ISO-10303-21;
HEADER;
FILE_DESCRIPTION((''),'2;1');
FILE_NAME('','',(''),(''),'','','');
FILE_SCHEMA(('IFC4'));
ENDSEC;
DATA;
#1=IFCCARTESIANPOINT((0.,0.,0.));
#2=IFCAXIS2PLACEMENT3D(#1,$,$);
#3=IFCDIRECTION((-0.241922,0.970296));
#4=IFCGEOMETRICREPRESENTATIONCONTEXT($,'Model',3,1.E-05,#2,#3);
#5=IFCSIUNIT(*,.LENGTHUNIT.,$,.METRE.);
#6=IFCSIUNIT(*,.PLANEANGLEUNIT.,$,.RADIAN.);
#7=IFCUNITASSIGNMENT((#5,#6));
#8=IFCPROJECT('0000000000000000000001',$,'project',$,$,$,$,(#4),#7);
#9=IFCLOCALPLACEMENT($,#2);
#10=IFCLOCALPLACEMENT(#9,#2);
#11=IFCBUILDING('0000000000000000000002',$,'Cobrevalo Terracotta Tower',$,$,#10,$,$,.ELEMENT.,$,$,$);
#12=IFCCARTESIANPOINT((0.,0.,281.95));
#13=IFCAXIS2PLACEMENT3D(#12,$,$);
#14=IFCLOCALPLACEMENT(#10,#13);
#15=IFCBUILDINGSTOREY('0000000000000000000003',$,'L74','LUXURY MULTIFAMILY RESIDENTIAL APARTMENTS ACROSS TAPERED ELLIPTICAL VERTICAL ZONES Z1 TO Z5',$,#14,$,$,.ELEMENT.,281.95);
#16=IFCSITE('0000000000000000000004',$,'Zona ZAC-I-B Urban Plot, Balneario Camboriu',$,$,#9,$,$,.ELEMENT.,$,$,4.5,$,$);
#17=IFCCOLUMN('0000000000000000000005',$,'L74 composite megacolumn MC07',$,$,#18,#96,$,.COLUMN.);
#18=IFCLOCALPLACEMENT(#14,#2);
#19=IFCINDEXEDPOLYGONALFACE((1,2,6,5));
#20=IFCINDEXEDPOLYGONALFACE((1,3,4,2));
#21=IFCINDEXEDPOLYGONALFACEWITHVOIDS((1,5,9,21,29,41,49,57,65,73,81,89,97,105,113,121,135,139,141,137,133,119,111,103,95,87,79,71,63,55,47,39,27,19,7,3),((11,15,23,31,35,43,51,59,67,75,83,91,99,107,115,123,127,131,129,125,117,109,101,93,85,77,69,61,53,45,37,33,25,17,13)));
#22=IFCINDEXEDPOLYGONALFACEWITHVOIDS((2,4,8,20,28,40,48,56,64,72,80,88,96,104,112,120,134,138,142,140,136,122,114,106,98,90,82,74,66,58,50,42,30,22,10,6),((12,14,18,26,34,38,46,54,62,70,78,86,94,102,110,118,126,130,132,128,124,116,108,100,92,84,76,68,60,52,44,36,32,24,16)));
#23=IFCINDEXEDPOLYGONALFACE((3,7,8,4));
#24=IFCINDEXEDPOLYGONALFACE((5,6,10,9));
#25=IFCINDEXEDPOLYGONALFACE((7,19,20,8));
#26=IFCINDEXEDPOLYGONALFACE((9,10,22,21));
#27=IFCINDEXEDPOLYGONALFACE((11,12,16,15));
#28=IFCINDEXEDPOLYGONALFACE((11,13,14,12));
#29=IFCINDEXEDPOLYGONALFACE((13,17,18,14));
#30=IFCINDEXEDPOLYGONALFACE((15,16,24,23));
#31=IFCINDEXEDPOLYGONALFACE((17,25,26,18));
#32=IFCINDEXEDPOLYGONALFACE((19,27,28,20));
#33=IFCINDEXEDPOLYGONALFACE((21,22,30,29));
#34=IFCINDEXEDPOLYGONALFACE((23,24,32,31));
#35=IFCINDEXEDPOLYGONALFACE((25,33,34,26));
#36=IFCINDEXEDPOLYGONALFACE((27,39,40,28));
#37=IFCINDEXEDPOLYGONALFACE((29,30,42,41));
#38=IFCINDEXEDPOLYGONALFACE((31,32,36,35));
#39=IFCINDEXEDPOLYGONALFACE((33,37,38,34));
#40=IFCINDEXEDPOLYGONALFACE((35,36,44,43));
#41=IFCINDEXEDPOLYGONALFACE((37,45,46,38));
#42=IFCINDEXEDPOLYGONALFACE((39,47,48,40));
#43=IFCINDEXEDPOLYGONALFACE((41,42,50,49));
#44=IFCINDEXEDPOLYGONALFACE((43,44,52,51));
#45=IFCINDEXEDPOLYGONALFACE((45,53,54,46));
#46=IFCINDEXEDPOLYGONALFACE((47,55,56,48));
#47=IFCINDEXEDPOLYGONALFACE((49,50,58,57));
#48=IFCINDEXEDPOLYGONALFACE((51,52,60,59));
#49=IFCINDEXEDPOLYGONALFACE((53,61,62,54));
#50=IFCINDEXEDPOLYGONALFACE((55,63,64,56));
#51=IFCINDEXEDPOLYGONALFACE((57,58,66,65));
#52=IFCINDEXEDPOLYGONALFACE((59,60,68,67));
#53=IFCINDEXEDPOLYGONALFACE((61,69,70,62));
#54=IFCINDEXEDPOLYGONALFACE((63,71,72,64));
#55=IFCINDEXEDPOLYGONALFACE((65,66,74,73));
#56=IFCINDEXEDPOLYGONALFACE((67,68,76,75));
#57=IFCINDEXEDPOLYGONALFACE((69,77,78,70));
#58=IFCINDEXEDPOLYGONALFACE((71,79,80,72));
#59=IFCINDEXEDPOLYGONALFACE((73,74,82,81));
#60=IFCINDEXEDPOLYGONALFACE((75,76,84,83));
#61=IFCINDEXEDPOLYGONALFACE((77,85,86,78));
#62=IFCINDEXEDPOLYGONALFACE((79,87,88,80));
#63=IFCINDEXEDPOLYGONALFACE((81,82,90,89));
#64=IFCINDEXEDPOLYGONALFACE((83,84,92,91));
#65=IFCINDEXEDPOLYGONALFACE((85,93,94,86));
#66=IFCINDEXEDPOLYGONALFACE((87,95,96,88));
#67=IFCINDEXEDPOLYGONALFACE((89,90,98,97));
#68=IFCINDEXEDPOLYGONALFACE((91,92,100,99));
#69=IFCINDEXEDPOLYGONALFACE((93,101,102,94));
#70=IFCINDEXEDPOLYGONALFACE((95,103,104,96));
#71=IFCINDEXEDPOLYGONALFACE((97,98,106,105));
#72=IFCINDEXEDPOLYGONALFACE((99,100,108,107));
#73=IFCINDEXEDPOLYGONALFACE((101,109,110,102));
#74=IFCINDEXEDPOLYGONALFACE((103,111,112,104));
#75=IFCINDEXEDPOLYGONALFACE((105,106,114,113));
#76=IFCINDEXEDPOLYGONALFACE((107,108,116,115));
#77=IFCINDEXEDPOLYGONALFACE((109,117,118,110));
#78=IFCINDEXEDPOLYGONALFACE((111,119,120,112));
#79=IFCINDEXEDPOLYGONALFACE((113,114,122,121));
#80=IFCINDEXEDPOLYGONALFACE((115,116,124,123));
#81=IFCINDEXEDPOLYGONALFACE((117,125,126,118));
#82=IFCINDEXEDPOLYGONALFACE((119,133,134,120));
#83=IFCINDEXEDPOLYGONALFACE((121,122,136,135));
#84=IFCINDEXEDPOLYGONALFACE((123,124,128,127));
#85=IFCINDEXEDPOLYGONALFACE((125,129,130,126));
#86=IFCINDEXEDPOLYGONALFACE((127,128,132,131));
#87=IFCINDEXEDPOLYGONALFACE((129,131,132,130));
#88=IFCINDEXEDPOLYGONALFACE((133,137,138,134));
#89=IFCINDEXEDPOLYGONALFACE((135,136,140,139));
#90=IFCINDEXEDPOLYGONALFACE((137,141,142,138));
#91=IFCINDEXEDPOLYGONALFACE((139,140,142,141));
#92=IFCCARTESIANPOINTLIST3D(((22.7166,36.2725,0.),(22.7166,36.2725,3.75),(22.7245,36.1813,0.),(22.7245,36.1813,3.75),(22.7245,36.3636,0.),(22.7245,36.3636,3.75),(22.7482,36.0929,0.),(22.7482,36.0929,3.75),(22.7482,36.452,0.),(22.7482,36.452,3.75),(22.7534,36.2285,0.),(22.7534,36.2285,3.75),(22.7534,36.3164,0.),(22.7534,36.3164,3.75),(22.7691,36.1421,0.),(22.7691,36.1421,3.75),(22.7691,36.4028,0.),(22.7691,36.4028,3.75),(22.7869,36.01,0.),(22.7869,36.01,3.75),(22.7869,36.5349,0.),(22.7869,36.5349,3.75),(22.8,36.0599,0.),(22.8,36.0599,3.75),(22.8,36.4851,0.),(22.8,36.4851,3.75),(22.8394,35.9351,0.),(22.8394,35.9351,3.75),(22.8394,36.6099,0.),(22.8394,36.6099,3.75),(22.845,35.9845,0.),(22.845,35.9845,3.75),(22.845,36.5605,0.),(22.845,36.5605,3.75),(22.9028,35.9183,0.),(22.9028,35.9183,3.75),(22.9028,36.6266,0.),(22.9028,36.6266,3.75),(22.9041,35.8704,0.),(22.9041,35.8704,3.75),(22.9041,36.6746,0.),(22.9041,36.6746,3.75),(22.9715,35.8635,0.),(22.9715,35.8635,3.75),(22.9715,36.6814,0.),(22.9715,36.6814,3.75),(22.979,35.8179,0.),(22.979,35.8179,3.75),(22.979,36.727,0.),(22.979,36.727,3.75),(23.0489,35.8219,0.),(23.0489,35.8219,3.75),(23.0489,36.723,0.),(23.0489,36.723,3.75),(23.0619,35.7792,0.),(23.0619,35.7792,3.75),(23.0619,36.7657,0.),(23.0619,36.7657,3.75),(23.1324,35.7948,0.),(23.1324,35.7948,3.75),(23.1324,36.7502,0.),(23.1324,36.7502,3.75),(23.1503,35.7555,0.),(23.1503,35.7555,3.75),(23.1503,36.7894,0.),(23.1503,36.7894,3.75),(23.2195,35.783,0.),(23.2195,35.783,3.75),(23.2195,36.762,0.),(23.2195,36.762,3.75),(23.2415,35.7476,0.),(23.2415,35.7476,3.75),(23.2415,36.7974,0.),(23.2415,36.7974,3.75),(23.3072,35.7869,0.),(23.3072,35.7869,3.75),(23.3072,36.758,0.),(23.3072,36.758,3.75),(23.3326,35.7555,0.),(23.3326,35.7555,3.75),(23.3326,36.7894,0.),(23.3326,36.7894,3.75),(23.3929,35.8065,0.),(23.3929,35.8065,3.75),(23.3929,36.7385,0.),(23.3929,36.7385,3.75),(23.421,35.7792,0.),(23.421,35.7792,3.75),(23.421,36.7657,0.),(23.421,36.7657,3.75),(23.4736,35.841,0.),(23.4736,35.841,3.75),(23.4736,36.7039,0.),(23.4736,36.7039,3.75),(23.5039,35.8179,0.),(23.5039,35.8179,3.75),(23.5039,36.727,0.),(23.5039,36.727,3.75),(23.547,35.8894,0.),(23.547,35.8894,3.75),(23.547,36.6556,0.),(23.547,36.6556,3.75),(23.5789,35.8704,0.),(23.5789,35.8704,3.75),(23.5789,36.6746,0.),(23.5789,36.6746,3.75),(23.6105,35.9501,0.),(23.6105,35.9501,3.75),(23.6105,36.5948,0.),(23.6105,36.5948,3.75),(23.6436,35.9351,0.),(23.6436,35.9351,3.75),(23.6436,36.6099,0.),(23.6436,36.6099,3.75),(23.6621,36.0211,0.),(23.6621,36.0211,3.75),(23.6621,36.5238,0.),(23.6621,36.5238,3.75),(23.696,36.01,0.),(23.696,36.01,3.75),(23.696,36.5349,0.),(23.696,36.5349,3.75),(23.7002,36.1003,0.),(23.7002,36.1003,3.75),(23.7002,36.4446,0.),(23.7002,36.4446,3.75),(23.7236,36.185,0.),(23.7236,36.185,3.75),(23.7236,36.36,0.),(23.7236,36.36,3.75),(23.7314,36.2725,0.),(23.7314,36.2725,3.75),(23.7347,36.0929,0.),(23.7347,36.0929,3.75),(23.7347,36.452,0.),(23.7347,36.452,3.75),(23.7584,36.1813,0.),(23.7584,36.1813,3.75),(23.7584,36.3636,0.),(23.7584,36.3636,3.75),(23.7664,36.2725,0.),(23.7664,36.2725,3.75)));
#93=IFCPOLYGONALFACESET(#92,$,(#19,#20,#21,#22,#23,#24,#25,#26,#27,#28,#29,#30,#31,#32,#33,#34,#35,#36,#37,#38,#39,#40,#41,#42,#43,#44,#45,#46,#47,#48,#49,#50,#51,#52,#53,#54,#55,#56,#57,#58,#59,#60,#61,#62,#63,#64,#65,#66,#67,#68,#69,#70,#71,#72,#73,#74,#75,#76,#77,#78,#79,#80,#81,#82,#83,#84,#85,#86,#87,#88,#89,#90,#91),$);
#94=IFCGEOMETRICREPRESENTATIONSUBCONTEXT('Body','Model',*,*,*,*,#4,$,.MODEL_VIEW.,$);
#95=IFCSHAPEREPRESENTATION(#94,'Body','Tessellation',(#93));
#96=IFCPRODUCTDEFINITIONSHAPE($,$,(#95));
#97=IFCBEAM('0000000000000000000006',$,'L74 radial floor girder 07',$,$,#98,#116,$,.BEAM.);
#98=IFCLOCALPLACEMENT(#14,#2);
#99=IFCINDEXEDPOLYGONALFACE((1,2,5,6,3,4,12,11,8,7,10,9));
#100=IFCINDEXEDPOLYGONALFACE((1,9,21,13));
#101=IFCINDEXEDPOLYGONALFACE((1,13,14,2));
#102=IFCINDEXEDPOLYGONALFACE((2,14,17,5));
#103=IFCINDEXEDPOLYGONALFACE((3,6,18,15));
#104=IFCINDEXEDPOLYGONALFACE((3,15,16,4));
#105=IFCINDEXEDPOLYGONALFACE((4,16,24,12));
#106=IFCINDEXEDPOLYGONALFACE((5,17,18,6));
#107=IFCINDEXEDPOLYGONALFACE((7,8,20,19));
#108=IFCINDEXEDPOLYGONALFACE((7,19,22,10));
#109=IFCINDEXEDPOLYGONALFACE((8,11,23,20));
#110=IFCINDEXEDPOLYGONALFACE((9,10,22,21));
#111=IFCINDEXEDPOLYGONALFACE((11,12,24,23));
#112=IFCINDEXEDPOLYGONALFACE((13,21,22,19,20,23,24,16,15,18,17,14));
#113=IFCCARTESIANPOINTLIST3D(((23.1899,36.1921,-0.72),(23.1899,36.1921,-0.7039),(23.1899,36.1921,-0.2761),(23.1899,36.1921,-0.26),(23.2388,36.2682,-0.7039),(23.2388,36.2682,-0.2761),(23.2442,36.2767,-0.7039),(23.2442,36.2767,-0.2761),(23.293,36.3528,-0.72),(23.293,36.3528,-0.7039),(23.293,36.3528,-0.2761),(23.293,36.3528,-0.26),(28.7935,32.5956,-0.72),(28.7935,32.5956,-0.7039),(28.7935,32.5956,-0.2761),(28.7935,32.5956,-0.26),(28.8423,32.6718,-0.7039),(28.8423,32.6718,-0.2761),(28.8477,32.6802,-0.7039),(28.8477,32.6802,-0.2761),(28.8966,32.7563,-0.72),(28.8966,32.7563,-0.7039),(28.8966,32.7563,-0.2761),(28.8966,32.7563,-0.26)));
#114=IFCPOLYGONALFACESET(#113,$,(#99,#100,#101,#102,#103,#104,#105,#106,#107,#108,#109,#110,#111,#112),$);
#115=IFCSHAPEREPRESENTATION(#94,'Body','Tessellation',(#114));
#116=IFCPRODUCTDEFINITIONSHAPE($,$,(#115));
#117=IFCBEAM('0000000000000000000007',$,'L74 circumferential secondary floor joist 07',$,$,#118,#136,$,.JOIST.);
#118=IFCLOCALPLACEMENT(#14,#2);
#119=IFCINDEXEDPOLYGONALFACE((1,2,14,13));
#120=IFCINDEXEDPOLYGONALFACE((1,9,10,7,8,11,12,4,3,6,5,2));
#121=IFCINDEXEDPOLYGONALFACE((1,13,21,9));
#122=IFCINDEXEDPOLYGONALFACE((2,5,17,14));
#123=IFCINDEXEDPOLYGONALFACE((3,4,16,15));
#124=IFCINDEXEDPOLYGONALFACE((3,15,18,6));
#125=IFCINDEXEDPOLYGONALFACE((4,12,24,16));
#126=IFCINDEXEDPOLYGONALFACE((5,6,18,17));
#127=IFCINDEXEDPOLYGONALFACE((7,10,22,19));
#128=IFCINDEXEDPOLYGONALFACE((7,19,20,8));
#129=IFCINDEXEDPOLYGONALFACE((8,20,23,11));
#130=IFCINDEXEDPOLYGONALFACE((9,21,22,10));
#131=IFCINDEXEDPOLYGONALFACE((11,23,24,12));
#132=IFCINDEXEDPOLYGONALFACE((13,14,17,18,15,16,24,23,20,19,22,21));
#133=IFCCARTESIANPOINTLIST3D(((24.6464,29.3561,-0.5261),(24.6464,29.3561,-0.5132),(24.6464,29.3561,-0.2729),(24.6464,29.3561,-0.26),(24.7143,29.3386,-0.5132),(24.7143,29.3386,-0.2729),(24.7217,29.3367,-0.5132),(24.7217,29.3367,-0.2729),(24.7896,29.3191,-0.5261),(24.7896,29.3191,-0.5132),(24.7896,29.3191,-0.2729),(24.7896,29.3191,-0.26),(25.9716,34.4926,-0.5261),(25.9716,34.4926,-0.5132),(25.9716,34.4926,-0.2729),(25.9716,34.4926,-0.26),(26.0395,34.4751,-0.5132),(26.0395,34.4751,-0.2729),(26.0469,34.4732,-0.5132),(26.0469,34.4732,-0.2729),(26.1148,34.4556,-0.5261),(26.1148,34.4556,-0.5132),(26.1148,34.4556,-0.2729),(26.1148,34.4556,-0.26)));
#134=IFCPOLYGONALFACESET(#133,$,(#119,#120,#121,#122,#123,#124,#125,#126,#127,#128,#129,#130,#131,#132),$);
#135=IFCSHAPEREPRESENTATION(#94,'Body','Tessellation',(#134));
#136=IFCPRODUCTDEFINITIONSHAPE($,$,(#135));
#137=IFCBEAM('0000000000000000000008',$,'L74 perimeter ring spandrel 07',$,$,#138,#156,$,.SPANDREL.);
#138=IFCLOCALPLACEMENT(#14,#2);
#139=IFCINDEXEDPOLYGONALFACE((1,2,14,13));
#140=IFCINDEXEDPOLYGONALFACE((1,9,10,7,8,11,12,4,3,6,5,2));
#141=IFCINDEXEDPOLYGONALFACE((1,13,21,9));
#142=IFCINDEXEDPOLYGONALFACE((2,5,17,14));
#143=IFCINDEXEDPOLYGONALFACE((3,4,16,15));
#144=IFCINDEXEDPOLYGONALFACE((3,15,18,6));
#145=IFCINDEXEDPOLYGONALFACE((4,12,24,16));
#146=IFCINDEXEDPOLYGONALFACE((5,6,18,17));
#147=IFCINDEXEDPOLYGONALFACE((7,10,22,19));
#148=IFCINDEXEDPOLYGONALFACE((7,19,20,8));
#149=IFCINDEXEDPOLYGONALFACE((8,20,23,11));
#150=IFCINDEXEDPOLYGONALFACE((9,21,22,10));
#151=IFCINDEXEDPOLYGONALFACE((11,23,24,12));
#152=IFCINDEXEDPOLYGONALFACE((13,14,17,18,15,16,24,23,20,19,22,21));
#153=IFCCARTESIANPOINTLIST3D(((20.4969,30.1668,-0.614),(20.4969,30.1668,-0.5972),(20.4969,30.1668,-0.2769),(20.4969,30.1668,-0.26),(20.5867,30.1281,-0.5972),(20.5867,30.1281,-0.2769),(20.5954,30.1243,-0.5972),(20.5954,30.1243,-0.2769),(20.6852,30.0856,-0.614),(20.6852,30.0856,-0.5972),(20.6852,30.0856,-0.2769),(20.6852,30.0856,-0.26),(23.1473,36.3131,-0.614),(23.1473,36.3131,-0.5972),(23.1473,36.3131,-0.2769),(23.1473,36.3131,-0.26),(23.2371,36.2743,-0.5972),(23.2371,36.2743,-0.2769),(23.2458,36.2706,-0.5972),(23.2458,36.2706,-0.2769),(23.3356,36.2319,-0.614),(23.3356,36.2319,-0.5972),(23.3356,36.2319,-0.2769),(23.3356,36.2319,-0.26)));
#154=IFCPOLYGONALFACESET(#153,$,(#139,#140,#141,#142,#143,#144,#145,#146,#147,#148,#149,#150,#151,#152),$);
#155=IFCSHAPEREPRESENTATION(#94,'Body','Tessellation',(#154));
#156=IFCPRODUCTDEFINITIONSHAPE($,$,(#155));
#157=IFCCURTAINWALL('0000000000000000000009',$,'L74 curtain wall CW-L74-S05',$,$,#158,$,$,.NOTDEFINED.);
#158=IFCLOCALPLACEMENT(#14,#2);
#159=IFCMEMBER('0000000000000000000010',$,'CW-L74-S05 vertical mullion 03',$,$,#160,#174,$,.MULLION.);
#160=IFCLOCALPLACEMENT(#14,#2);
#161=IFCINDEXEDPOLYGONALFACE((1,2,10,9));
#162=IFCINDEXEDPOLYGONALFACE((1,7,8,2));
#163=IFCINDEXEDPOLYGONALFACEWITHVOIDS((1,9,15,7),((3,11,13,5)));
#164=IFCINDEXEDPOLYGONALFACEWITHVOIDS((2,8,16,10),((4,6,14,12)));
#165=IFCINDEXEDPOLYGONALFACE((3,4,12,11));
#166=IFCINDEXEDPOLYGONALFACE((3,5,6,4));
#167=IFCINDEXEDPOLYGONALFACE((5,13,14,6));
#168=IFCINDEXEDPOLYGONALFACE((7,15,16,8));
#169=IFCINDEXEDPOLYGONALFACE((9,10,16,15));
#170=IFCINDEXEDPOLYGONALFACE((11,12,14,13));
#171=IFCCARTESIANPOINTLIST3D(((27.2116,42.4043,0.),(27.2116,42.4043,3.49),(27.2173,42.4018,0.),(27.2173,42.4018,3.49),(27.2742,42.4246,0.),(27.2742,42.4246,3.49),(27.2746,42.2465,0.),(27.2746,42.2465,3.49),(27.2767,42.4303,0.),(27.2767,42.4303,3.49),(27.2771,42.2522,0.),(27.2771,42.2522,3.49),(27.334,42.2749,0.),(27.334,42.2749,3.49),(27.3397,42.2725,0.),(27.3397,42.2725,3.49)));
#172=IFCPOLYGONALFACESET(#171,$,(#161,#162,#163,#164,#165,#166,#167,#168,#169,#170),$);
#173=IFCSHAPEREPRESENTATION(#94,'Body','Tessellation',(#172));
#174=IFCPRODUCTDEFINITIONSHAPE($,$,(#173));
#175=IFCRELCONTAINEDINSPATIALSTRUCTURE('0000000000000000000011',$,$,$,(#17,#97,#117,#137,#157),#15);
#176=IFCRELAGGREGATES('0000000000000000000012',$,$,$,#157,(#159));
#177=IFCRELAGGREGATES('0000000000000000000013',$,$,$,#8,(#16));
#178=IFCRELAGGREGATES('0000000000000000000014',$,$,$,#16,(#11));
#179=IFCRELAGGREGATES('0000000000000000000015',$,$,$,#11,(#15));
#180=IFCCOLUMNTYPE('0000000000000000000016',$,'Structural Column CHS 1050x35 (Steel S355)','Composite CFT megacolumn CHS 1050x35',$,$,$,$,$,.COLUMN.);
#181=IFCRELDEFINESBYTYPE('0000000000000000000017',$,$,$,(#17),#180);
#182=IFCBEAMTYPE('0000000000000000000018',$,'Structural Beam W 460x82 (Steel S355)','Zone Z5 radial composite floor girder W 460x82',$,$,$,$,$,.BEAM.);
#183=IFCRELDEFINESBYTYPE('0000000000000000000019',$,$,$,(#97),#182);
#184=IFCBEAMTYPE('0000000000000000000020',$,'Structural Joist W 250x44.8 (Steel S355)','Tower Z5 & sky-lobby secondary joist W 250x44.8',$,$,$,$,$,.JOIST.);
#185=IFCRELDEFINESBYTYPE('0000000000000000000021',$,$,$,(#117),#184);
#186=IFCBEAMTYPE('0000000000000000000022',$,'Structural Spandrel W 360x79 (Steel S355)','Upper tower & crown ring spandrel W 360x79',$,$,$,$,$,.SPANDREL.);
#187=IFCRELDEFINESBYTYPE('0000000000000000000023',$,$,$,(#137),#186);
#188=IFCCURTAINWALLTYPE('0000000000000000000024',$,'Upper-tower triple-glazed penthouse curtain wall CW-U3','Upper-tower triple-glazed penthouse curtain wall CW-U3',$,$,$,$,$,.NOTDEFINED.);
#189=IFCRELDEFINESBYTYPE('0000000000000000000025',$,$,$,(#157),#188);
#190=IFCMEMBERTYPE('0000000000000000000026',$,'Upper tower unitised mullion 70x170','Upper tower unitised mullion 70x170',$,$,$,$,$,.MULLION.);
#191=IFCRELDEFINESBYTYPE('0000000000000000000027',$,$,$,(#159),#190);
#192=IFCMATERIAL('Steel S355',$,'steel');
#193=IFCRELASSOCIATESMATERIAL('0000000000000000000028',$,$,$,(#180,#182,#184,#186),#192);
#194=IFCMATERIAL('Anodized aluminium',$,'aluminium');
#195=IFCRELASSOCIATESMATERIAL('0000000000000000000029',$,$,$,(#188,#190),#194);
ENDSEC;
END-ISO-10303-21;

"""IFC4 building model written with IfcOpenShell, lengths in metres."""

from ifc_helpers import new_model, si_unit, direction, frame, origin, origin_2d, place, context, subcontext, project, spatial, hollow_rectangle, hollow_circle, i_section, extrude, source, transform, mapped, material, material_profile, profile_set, type_object, element, aggregate, save


model = new_model("IFC4")

# Units and contexts
model_context = context("Model", 3, precision=1e-05, world=origin(), true_north=direction((-0.241922, 0.970296)))
body_context = subcontext(model_context, "Body", "Model", "MODEL_VIEW")
ifc_project = project(units=[si_unit("LENGTHUNIT", "METRE"), si_unit("PLANEANGLEUNIT", "RADIAN")], contexts=[model_context])

# Site, building, storey
site_placement = place(None, origin())
site = spatial("IfcSite", under=ifc_project, at=site_placement, Name="Zona ZAC-I-B Urban Plot, Balneario Camboriu", CompositionType="ELEMENT", RefElevation=4.5)
building_placement = place(site_placement, origin())
building = spatial("IfcBuilding", under=site, at=building_placement, Name="Cobrevalo Terracotta Tower", CompositionType="ELEMENT")
storey_placement = place(building_placement, frame((0.0, 0.0, 281.95)))
storey = spatial("IfcBuildingStorey", under=building, at=storey_placement, Name="L74", Description="LUXURY MULTIFAMILY RESIDENTIAL APARTMENTS ACROSS TAPERED ELLIPTICAL VERTICAL ZONES Z1 TO Z5", CompositionType="ELEMENT", Elevation=281.95)

# Column
ifc_material_1 = material(Name="Steel S355", Category="steel")
ifc_material_profile_1 = material_profile(ifc_material_1, hollow_circle(Radius=0.5249, WallThickness=0.0349, at=origin_2d()), Name="CHS 1050x35")
ifc_profile_set_1 = profile_set([ifc_material_profile_1], Name="Steel S355")
column_type = type_object("IfcColumnType", Name="Structural Column CHS 1050x35 (Steel S355)", Description="Composite CFT megacolumn CHS 1050x35", PredefinedType="COLUMN", material=ifc_profile_set_1)
column_placement = place(storey_placement, frame((23.2415, 36.2725, 0.0), z_axis=(0.0, 0.0, 1.0), x_axis=(1.0, 0.0, 0.0)))
element("IfcColumn", 1, at=column_placement, inside=storey, type_object=column_type, Name="L74 composite megacolumn MC07", PredefinedType="COLUMN", context=body_context, shape_type="SweptSolid", body=[
    extrude(hollow_circle(Radius=0.5249, WallThickness=0.0349, at=origin_2d()), origin(), (0.0, 0.0, 1.0), 3.75),
])

# Beams
ifc_material_profile_2 = material_profile(ifc_material_1, i_section(OverallWidth=0.1909, OverallDepth=0.46, WebThickness=0.01, FlangeThickness=0.0161, at=origin_2d()), Name="W 460x82")
ifc_profile_set_2 = profile_set([ifc_material_profile_2], Name="Steel S355")
beam_type_1 = type_object("IfcBeamType", Name="Structural Beam W 460x82 (Steel S355)", Description="Zone Z5 radial composite floor girder W 460x82", PredefinedType="BEAM", material=ifc_profile_set_2)
beam_1_placement = place(storey_placement, frame((23.2415, 36.2725, -0.49), z_axis=(0.841576, -0.540138, 0.0), x_axis=(0.540138, 0.841576, 0.0)))
element("IfcBeam", 2, at=beam_1_placement, inside=storey, type_object=beam_type_1, Name="L74 radial floor girder 07", PredefinedType="BEAM", context=body_context, shape_type="SweptSolid", body=[
    extrude(i_section(OverallWidth=0.1909, OverallDepth=0.46, WebThickness=0.01, FlangeThickness=0.0161, at=origin_2d()), origin(), (0.0, 0.0, 1.0), 6.6584),
])
ifc_material_profile_3 = material_profile(ifc_material_1, i_section(OverallWidth=0.1479, OverallDepth=0.2661, WebThickness=0.0076, FlangeThickness=0.0129, at=origin_2d()), Name="W 250x44.8")
ifc_profile_set_3 = profile_set([ifc_material_profile_3], Name="Steel S355")
beam_type_2 = type_object("IfcBeamType", Name="Structural Joist W 250x44.8 (Steel S355)", Description="Tower Z5 & sky-lobby secondary joist W 250x44.8", PredefinedType="JOIST", material=ifc_profile_set_3)
beam_2_placement = place(storey_placement, frame((26.0432, 34.4741, -0.3931), z_axis=(-0.249817, -0.968293, 0.0), x_axis=(0.968293, -0.249817, 0.0)))
element("IfcBeam", 3, at=beam_2_placement, inside=storey, type_object=beam_type_2, Name="L74 circumferential secondary floor joist 07", PredefinedType="JOIST", context=body_context, shape_type="SweptSolid", body=[
    extrude(i_section(OverallWidth=0.1479, OverallDepth=0.2661, WebThickness=0.0076, FlangeThickness=0.0129, at=origin_2d()), origin(), (0.0, 0.0, 1.0), 5.3047),
])
ifc_material_profile_4 = material_profile(ifc_material_1, i_section(OverallWidth=0.2051, OverallDepth=0.354, WebThickness=0.0095, FlangeThickness=0.0168, at=origin_2d()), Name="W 360x79")
ifc_profile_set_4 = profile_set([ifc_material_profile_4], Name="Steel S355")
beam_type_3 = type_object("IfcBeamType", Name="Structural Spandrel W 360x79 (Steel S355)", Description="Upper tower & crown ring spandrel W 360x79", PredefinedType="SPANDREL", material=ifc_profile_set_4)
beam_3_placement = place(storey_placement, frame((23.2415, 36.2725, -0.437), z_axis=(-0.395974, -0.918262, 0.0), x_axis=(0.918262, -0.395974, 0.0)))
element("IfcBeam", 4, at=beam_3_placement, inside=storey, type_object=beam_type_3, Name="L74 perimeter ring spandrel 07", PredefinedType="SPANDREL", context=body_context, shape_type="SweptSolid", body=[
    extrude(i_section(OverallWidth=0.2051, OverallDepth=0.354, WebThickness=0.0095, FlangeThickness=0.0168, at=origin_2d()), origin(), (0.0, 0.0, 1.0), 6.6934),
])

# Curtain wall, member
ifc_material_2 = material(Name="Anodized aluminium", Category="aluminium")
curtain_wall_type = type_object("IfcCurtainWallType", Name="Upper-tower triple-glazed penthouse curtain wall CW-U3", Description="Upper-tower triple-glazed penthouse curtain wall CW-U3", PredefinedType="NOTDEFINED", material=ifc_material_2)
curtain_wall_1_placement = place(storey_placement, origin())
curtain_wall_1 = element("IfcCurtainWall", 5, at=curtain_wall_1_placement, inside=storey, type_object=curtain_wall_type, Name="L74 curtain wall CW-L74-S05", PredefinedType="NOTDEFINED")
ifc_material_profile_5 = material_profile(ifc_material_2, hollow_rectangle(XDim=0.0701, YDim=0.1699, WallThickness=0.0044, at=origin_2d()), Name="CWM 70x170")
ifc_profile_set_5 = profile_set([ifc_material_profile_5], Name="Anodized aluminium")
member_type_1 = type_object("IfcMemberType", Name="Upper tower unitised mullion 70x170", Description="Upper tower unitised mullion 70x170", PredefinedType="MULLION", material=ifc_profile_set_5)
shared_shape_1 = source(origin(), body_context, "Body", "SweptSolid", [
    extrude(hollow_rectangle(XDim=0.0701, YDim=0.1699, WallThickness=0.0044, at=origin_2d()), origin(), (0.0, 0.0, 1.0), 3.49),
])
member_1_placement = place(storey_placement, frame((27.2756, 42.3384, 0.0), z_axis=(0.0, 0.0, 1.0), x_axis=(-0.928719, -0.370784, 0.0)))
member_1 = element("IfcMember", 6, at=member_1_placement, type_object=member_type_1, Name="CW-L74-S05 vertical mullion 03", PredefinedType="MULLION", context=body_context, shape_type="MappedRepresentation", body=[
    mapped(shared_shape_1, transform((0.0, 0.0, 0.0), scale=1.0)),
])
aggregate(curtain_wall_1, [member_1])

save(model, "model.ifc")
